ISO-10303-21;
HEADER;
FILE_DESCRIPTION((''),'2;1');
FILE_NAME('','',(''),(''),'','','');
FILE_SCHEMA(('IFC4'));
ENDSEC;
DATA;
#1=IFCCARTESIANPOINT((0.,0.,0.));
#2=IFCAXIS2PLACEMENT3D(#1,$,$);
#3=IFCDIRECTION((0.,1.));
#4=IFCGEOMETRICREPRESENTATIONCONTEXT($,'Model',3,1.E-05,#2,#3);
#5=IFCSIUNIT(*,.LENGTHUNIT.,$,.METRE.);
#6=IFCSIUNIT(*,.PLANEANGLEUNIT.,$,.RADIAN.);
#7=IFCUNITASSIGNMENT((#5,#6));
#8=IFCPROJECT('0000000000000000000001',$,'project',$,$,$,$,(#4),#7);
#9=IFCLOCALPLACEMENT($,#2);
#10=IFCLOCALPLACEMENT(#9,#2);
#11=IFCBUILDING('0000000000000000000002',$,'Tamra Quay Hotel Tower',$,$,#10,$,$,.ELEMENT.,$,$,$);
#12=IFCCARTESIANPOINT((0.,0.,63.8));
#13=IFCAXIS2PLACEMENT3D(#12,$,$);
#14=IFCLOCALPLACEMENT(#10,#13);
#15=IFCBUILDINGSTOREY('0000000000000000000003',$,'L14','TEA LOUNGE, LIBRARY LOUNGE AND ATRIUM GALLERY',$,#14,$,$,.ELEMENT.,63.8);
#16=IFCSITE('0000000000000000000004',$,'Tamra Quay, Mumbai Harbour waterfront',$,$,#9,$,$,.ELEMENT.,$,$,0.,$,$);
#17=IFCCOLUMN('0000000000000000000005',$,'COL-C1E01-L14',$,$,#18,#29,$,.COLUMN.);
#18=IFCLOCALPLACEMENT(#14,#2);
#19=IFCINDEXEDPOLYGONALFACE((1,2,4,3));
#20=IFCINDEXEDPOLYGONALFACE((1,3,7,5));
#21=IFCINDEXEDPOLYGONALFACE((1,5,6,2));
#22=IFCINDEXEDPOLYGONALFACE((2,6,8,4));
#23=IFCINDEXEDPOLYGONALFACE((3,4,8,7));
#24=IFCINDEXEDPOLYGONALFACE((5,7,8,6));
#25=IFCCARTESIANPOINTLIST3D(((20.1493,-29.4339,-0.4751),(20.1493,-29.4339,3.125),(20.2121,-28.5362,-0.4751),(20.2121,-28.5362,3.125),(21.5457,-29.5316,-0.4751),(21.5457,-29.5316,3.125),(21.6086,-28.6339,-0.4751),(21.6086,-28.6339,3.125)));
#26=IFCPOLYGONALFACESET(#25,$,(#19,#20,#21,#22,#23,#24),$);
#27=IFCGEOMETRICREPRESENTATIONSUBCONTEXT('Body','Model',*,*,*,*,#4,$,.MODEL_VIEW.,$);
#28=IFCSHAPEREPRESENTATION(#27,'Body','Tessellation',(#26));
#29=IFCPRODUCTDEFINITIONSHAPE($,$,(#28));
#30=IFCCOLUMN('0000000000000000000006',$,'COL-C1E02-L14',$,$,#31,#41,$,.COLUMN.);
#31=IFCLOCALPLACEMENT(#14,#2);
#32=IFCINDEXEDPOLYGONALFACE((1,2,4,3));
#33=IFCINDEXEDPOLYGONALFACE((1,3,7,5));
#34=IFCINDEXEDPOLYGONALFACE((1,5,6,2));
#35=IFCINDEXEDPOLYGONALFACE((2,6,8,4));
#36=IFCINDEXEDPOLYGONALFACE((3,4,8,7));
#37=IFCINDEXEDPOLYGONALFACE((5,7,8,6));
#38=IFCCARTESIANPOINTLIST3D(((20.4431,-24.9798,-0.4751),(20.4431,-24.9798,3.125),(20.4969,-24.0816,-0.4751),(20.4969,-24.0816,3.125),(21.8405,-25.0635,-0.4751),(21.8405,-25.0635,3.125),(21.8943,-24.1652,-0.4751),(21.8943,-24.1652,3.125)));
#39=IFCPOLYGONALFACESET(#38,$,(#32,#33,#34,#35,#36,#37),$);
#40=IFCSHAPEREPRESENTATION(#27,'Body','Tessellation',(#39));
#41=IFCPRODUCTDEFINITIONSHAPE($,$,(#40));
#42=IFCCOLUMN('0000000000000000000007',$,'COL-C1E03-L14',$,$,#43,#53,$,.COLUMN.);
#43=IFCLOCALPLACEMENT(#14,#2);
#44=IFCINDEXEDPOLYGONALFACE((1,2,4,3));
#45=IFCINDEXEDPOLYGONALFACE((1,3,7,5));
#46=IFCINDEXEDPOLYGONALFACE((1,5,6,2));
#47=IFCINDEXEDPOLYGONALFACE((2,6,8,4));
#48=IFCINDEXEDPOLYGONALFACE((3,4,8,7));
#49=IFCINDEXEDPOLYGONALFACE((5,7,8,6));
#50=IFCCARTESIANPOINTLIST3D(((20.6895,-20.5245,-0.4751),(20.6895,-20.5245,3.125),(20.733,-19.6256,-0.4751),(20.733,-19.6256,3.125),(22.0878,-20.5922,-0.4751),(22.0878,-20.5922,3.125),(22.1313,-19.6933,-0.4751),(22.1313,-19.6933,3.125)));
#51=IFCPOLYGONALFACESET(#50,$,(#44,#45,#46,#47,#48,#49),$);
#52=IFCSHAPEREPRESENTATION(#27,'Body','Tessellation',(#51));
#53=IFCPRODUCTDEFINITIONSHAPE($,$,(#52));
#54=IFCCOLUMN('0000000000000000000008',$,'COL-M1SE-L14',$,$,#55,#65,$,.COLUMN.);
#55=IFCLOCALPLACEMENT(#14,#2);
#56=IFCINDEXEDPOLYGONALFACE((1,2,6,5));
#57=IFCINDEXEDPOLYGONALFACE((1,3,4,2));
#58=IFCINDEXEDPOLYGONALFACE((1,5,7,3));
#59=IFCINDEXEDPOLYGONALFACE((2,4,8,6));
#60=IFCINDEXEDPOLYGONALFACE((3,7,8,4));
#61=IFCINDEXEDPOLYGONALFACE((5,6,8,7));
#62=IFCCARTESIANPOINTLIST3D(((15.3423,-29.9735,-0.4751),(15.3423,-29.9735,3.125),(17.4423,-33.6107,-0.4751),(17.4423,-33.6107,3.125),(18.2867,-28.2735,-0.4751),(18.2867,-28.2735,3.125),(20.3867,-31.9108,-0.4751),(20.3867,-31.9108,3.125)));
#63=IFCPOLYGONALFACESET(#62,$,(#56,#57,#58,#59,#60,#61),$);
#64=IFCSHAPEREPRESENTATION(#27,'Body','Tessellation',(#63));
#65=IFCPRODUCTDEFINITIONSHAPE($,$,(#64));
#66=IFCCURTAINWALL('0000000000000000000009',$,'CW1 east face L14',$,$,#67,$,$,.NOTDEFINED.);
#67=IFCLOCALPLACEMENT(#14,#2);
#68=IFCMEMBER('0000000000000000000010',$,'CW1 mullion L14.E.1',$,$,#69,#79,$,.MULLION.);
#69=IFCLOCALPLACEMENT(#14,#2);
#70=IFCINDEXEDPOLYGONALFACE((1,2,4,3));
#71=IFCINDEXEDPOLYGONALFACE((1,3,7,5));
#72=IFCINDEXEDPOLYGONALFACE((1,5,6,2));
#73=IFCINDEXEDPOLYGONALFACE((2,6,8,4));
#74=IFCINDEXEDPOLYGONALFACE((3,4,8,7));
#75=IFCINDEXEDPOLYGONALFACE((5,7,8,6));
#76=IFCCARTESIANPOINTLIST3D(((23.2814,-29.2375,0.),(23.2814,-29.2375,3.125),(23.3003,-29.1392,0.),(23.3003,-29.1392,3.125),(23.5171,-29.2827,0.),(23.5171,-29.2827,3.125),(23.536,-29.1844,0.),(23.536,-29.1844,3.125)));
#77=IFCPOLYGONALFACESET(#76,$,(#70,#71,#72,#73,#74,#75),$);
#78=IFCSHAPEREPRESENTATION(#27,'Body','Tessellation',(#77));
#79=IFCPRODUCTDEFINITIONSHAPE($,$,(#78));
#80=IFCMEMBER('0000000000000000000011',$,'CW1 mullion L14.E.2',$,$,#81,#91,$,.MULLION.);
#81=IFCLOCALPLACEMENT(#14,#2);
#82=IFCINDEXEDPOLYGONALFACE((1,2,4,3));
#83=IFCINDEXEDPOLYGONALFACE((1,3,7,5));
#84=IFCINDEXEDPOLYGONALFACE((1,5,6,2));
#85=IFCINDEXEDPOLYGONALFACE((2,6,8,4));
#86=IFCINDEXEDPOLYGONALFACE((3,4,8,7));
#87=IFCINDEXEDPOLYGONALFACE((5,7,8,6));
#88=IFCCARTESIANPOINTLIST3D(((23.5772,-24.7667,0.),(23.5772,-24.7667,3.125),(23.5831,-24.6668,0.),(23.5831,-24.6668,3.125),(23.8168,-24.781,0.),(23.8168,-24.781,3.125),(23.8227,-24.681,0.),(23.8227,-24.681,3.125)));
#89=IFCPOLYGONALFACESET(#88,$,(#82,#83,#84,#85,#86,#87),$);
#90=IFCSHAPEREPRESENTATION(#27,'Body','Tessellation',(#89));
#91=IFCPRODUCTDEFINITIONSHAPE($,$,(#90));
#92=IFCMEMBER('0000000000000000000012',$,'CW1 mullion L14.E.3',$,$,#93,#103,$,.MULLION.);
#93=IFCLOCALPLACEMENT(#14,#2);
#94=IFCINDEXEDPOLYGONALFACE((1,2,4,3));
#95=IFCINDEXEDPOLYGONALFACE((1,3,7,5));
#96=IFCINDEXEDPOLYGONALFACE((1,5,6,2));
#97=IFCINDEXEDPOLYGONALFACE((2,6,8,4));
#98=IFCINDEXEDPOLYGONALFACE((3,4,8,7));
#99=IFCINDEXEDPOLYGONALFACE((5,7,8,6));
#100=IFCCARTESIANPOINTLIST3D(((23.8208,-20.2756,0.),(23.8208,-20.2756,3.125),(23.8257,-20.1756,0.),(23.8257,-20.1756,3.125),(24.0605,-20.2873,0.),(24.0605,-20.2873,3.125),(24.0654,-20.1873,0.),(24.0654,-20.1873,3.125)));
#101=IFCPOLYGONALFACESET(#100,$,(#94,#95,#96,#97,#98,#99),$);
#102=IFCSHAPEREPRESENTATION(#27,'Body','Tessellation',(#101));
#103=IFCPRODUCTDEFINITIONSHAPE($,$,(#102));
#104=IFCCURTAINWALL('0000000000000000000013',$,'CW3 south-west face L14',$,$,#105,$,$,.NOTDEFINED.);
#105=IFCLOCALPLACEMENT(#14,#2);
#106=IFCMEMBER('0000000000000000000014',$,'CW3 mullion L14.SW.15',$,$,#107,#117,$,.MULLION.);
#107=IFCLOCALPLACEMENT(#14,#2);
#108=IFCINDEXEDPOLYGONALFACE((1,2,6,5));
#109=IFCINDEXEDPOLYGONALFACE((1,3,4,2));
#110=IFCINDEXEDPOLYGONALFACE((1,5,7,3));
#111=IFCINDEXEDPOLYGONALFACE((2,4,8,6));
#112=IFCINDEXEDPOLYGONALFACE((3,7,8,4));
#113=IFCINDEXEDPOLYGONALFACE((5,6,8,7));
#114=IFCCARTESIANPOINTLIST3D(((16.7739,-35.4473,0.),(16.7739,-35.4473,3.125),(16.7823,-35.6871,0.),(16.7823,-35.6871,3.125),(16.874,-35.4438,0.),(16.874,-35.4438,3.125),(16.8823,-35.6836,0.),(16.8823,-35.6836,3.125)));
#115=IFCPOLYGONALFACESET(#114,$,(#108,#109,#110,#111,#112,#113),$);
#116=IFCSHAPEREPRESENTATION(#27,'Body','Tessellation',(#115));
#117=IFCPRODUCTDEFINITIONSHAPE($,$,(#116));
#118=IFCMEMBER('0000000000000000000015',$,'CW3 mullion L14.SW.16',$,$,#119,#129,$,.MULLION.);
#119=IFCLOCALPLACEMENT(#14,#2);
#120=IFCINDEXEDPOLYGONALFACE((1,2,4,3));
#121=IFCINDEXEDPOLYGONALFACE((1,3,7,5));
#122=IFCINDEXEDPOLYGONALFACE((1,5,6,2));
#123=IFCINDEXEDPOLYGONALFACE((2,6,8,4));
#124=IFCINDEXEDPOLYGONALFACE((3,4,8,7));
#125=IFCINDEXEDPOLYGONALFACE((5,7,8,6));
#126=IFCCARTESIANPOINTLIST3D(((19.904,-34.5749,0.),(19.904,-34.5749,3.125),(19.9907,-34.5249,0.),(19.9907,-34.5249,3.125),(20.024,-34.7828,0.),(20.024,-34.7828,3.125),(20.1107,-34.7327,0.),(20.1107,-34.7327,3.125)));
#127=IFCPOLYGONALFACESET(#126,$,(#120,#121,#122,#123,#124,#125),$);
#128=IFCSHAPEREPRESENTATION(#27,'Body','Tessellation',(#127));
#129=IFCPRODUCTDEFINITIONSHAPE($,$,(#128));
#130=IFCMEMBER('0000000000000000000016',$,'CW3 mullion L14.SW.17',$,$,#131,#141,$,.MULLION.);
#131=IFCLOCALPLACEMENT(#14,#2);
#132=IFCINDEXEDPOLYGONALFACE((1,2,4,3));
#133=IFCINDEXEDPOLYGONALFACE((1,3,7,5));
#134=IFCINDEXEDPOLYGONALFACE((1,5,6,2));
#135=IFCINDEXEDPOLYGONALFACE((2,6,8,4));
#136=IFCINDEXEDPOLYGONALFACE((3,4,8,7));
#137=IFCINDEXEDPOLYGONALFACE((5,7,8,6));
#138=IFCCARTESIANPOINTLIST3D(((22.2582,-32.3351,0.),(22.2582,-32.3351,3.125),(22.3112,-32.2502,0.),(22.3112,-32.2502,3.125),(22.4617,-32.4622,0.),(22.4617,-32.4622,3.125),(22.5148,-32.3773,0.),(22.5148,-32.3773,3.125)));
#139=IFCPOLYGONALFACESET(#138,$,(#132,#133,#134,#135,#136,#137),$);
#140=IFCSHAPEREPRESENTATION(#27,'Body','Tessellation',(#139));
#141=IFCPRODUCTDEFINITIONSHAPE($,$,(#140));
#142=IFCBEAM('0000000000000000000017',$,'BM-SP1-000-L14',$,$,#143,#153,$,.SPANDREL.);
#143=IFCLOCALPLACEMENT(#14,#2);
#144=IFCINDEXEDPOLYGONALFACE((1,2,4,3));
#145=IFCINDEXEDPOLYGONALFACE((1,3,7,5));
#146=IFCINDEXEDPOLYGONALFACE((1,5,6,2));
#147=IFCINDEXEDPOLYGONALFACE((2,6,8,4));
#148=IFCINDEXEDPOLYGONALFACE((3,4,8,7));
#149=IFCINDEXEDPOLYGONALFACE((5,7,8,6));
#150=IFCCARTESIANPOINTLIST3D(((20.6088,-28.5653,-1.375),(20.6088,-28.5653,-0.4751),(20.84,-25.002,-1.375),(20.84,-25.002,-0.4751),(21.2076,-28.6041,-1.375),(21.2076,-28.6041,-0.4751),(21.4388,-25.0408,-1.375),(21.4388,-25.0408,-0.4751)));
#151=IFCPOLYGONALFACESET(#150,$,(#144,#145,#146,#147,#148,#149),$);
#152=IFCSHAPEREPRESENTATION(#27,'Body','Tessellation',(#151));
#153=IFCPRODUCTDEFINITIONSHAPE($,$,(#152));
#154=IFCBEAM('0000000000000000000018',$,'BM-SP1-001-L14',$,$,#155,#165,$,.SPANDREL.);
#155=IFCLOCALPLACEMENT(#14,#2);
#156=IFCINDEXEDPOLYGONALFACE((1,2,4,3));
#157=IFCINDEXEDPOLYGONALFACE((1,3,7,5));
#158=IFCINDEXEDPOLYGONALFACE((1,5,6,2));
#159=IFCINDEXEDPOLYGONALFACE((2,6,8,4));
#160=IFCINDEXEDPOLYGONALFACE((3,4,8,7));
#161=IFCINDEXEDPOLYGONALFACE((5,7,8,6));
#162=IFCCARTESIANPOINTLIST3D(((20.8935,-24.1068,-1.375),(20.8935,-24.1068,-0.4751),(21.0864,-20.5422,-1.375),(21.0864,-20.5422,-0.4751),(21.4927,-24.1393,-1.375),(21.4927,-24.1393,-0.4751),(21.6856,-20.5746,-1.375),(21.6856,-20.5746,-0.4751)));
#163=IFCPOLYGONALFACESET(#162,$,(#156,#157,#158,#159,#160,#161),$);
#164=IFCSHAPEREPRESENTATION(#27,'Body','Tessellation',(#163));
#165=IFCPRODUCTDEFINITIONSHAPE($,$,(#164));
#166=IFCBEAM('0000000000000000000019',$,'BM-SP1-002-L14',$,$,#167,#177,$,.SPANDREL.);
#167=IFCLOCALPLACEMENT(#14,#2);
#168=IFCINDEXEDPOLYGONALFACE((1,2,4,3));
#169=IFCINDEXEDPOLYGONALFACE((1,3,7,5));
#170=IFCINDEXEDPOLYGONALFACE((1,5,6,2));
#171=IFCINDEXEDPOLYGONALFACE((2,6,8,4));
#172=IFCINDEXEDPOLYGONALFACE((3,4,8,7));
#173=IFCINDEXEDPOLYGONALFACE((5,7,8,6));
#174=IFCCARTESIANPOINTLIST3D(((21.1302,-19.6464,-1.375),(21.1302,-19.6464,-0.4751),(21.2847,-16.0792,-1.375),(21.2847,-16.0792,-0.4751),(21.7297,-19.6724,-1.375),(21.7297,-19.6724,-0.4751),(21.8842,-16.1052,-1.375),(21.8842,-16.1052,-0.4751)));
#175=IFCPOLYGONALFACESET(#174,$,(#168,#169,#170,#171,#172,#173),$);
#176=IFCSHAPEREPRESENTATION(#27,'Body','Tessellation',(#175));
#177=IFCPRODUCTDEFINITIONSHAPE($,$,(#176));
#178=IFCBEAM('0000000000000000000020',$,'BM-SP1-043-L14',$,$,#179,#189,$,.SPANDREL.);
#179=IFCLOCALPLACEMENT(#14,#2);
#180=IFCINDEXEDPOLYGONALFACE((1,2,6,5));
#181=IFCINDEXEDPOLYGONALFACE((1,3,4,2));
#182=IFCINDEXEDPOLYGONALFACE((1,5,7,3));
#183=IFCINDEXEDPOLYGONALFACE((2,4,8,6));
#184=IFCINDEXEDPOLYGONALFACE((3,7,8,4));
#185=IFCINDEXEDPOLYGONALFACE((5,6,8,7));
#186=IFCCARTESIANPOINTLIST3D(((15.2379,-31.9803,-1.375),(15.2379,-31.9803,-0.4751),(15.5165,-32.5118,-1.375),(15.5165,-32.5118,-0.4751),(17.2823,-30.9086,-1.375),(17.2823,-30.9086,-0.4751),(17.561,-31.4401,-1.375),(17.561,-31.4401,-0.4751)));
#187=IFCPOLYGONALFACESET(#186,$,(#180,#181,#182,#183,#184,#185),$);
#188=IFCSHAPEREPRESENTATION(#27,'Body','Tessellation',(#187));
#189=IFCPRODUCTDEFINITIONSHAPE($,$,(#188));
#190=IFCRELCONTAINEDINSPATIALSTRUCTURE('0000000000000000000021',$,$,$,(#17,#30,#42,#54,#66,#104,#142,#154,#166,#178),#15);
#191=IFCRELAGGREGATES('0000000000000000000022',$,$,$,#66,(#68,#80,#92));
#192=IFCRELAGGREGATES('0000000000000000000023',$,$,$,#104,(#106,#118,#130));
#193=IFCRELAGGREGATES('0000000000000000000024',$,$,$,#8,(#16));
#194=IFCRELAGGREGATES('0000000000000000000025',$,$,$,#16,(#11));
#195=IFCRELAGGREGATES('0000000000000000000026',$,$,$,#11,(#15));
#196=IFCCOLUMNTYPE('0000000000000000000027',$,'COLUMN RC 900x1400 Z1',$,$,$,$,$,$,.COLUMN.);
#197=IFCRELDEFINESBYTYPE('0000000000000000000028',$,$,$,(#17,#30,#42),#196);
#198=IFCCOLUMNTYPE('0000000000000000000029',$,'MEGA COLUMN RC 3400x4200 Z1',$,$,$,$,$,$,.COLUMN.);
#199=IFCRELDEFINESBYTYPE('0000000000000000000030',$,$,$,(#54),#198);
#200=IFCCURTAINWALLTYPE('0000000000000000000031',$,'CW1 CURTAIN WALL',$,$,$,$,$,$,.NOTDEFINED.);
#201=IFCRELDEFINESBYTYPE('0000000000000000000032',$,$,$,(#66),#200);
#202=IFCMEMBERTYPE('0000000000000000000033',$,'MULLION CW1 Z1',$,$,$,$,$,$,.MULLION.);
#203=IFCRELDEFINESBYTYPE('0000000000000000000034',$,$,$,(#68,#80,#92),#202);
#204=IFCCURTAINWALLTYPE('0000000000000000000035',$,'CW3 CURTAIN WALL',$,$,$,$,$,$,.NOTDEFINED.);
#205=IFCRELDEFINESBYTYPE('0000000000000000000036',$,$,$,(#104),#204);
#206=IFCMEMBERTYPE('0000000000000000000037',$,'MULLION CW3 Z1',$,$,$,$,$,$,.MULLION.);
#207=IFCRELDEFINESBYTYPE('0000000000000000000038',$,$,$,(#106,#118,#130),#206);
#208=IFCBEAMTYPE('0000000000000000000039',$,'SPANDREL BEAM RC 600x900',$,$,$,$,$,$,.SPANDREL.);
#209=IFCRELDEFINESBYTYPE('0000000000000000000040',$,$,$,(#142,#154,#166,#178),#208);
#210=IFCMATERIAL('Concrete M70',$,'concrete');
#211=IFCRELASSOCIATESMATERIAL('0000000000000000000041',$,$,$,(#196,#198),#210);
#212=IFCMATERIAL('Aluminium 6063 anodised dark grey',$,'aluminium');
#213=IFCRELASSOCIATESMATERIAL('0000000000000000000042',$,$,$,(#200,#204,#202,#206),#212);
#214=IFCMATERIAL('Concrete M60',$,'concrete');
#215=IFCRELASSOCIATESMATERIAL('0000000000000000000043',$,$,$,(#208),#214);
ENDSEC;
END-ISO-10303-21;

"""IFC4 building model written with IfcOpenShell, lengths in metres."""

from ifc_helpers import new_model, si_unit, direction, frame, origin, origin_2d, place, context, subcontext, project, spatial, rectangle, extrude, material, material_profile, profile_set, type_object, element, aggregate, save


model = new_model("IFC4")

# Units and contexts
model_context = context("Model", 3, precision=1e-05, world=origin(), true_north=direction((0.0, 1.0)))
body_context = subcontext(model_context, "Body", "Model", "MODEL_VIEW")
ifc_project = project(units=[si_unit("LENGTHUNIT", "METRE"), si_unit("PLANEANGLEUNIT", "RADIAN")], contexts=[model_context])

# Site, building, storey
site_placement = place(None, origin())
site = spatial("IfcSite", under=ifc_project, at=site_placement, Name="Tamra Quay, Mumbai Harbour waterfront", CompositionType="ELEMENT", RefElevation=0.0)
building_placement = place(site_placement, origin())
building = spatial("IfcBuilding", under=site, at=building_placement, Name="Tamra Quay Hotel Tower", CompositionType="ELEMENT")
storey_placement = place(building_placement, frame((0.0, 0.0, 63.8)))
storey = spatial("IfcBuildingStorey", under=building, at=storey_placement, Name="L14", Description="TEA LOUNGE, LIBRARY LOUNGE AND ATRIUM GALLERY", CompositionType="ELEMENT", Elevation=63.8)

# Columns
ifc_material_1 = material(Name="Concrete M70", Category="concrete")
ifc_material_profile_1 = material_profile(ifc_material_1, rectangle(XDim=1.3999, YDim=0.8999, at=origin_2d()), Name="COLUMN RC 900x1400 Z1")
ifc_profile_set_1 = profile_set([ifc_material_profile_1], Name="Concrete M70")
column_type_1 = type_object("IfcColumnType", Name="COLUMN RC 900x1400 Z1", PredefinedType="COLUMN", material=ifc_profile_set_1)
for number, where, z_axis, x_axis, name in (
    (1, (20.8789, -29.0339, -0.4751), (0.0, 0.0, 1.0), (-0.997562, 0.06979, 0.0), "COL-C1E01-L14"),
    (2, (21.1687, -24.5725, -0.4751), (0.0, 0.0, 1.0), (-0.998214, 0.059733, 0.0), "COL-C1E02-L14"),
    (3, (21.4104, -20.1089, -0.4751), (0.0, 0.0, 1.0), (-0.998831, 0.048344, 0.0), "COL-C1E03-L14"),
):
    element("IfcColumn", number, at=place(storey_placement, frame(where, z_axis=z_axis, x_axis=x_axis)), inside=storey, type_object=column_type_1, Name=name, PredefinedType="COLUMN", context=body_context, shape_type="SweptSolid", body=[
        extrude(rectangle(XDim=1.3999, YDim=0.8999, at=origin_2d()), origin(), (0.0, 0.0, 1.0), 3.6001),
    ])
ifc_material_profile_2 = material_profile(ifc_material_1, rectangle(XDim=4.2, YDim=3.3999, at=origin_2d()), Name="MEGA COLUMN RC 3400x4200 Z1")
ifc_profile_set_2 = profile_set([ifc_material_profile_2], Name="Concrete M70")
column_type_2 = type_object("IfcColumnType", Name="MEGA COLUMN RC 3400x4200 Z1", PredefinedType="COLUMN", material=ifc_profile_set_2)
column_placement = place(storey_placement, frame((17.8645, -30.9421, -0.4751), z_axis=(0.0, 0.0, 1.0), x_axis=(-0.5, 0.866025, 0.0)))
element("IfcColumn", 4, at=column_placement, inside=storey, type_object=column_type_2, Name="COL-M1SE-L14", PredefinedType="COLUMN", context=body_context, shape_type="SweptSolid", body=[
    extrude(rectangle(XDim=4.2, YDim=3.3999, at=origin_2d()), origin(), (0.0, 0.0, 1.0), 3.6001),
])

# Curtain walls, members
ifc_material_2 = material(Name="Aluminium 6063 anodised dark grey", Category="aluminium")
curtain_wall_type_1 = type_object("IfcCurtainWallType", Name="CW1 CURTAIN WALL", PredefinedType="NOTDEFINED", material=ifc_material_2)
curtain_wall_1_placement = place(storey_placement, origin())
curtain_wall_1 = element("IfcCurtainWall", 5, at=curtain_wall_1_placement, inside=storey, type_object=curtain_wall_type_1, Name="CW1 east face L14", PredefinedType="NOTDEFINED")
ifc_material_profile_3 = material_profile(ifc_material_2, rectangle(XDim=0.24, YDim=0.1001, at=origin_2d()), Name="MULLION 100X240")
ifc_profile_set_3 = profile_set([ifc_material_profile_3], Name="Aluminium 6063 anodised dark grey")
member_type_1 = type_object("IfcMemberType", Name="MULLION CW1 Z1", PredefinedType="MULLION", material=ifc_profile_set_3)
member_1_placement = place(storey_placement, frame((23.4087, -29.2109, 0.0), z_axis=(0.0, 0.0, 1.0), x_axis=(0.982095, -0.188389, 0.0)))
member_1 = element("IfcMember", 6, at=member_1_placement, type_object=member_type_1, Name="CW1 mullion L14.E.1", PredefinedType="MULLION", context=body_context, shape_type="SweptSolid", body=[
    extrude(rectangle(XDim=0.24, YDim=0.1001, at=origin_2d()), origin(), (0.0, 0.0, 1.0), 3.125),
])
member_2_placement = place(storey_placement, frame((23.7, -24.7239, 0.0), z_axis=(0.0, 0.0, 1.0), x_axis=(0.998232, -0.059438, 0.0)))
member_2 = element("IfcMember", 7, at=member_2_placement, type_object=member_type_1, Name="CW1 mullion L14.E.2", PredefinedType="MULLION", context=body_context, shape_type="SweptSolid", body=[
    extrude(rectangle(XDim=0.24, YDim=0.1001, at=origin_2d()), origin(), (0.0, 0.0, 1.0), 3.125),
])
member_3_placement = place(storey_placement, frame((23.9431, -20.2314, 0.0), z_axis=(0.0, 0.0, 1.0), x_axis=(0.998815, -0.048674, 0.0)))
member_3 = element("IfcMember", 8, at=member_3_placement, type_object=member_type_1, Name="CW1 mullion L14.E.3", PredefinedType="MULLION", context=body_context, shape_type="SweptSolid", body=[
    extrude(rectangle(XDim=0.24, YDim=0.1001, at=origin_2d()), origin(), (0.0, 0.0, 1.0), 3.125),
])
curtain_wall_type_2 = type_object("IfcCurtainWallType", Name="CW3 CURTAIN WALL", PredefinedType="NOTDEFINED", material=ifc_material_2)
curtain_wall_2_placement = place(storey_placement, origin())
curtain_wall_2 = element("IfcCurtainWall", 9, at=curtain_wall_2_placement, inside=storey, type_object=curtain_wall_type_2, Name="CW3 south-west face L14", PredefinedType="NOTDEFINED")
ifc_material_profile_4 = material_profile(ifc_material_2, rectangle(XDim=0.24, YDim=0.1001, at=origin_2d()), Name="MULLION 100X240")
ifc_profile_set_4 = profile_set([ifc_material_profile_4], Name="Aluminium 6063 anodised dark grey")
member_type_2 = type_object("IfcMemberType", Name="MULLION CW3 Z1", PredefinedType="MULLION", material=ifc_profile_set_4)
member_4_placement = place(storey_placement, frame((16.8281, -35.5654, 0.0), z_axis=(0.0, 0.0, 1.0), x_axis=(0.034916, -0.99939, 0.0)))
member_4 = element("IfcMember", 10, at=member_4_placement, type_object=member_type_2, Name="CW3 mullion L14.SW.15", PredefinedType="MULLION", context=body_context, shape_type="SweptSolid", body=[
    extrude(rectangle(XDim=0.24, YDim=0.1001, at=origin_2d()), origin(), (0.0, 0.0, 1.0), 3.125),
])
member_5_placement = place(storey_placement, frame((20.0073, -34.6538, 0.0), z_axis=(0.0, 0.0, 1.0), x_axis=(0.5, -0.866025, 0.0)))
member_5 = element("IfcMember", 11, at=member_5_placement, type_object=member_type_2, Name="CW3 mullion L14.SW.16", PredefinedType="MULLION", context=body_context, shape_type="SweptSolid", body=[
    extrude(rectangle(XDim=0.24, YDim=0.1001, at=origin_2d()), origin(), (0.0, 0.0, 1.0), 3.125),
])
member_6_placement = place(storey_placement, frame((22.3865, -32.3562, 0.0), z_axis=(0.0, 0.0, 1.0), x_axis=(0.848039, -0.529933, 0.0)))
member_6 = element("IfcMember", 12, at=member_6_placement, type_object=member_type_2, Name="CW3 mullion L14.SW.17", PredefinedType="MULLION", context=body_context, shape_type="SweptSolid", body=[
    extrude(rectangle(XDim=0.24, YDim=0.1001, at=origin_2d()), origin(), (0.0, 0.0, 1.0), 3.125),
])

# Beams
ifc_material_3 = material(Name="Concrete M60", Category="concrete")
ifc_material_profile_5 = material_profile(ifc_material_3, rectangle(XDim=0.6001, YDim=0.8999, at=origin_2d()), Name="SPANDREL BEAM RC 600x900")
ifc_profile_set_5 = profile_set([ifc_material_profile_5], Name="Concrete M60")
beam_type = type_object("IfcBeamType", Name="SPANDREL BEAM RC 600x900", PredefinedType="SPANDREL", material=ifc_profile_set_5)
beam_1_placement = place(storey_placement, frame((20.9082, -28.5847, -0.925), z_axis=(0.064749, 0.997902, 0.0), x_axis=(-0.997902, 0.064749, 0.0)))
element("IfcBeam", 13, at=beam_1_placement, inside=storey, type_object=beam_type, Name="BM-SP1-000-L14", PredefinedType="SPANDREL", context=body_context, shape_type="SweptSolid", body=[
    extrude(rectangle(XDim=0.6001, YDim=0.8999, at=origin_2d()), origin(), (0.0, 0.0, 1.0), 3.5708),
])
beam_2_placement = place(storey_placement, frame((21.1931, -24.123, -0.925), z_axis=(0.054027, 0.998539, 0.0), x_axis=(-0.998539, 0.054027, 0.0)))
element("IfcBeam", 14, at=beam_2_placement, inside=storey, type_object=beam_type, Name="BM-SP1-001-L14", PredefinedType="SPANDREL", context=body_context, shape_type="SweptSolid", body=[
    extrude(rectangle(XDim=0.6001, YDim=0.8999, at=origin_2d()), origin(), (0.0, 0.0, 1.0), 3.5698),
])
beam_3_placement = place(storey_placement, frame((21.4299, -19.6594, -0.925), z_axis=(0.043283, 0.999063, 0.0), x_axis=(-0.999063, 0.043283, 0.0)))
element("IfcBeam", 15, at=beam_3_placement, inside=storey, type_object=beam_type, Name="BM-SP1-002-L14", PredefinedType="SPANDREL", context=body_context, shape_type="SweptSolid", body=[
    extrude(rectangle(XDim=0.6001, YDim=0.8999, at=origin_2d()), origin(), (0.0, 0.0, 1.0), 3.5706),
])
beam_4_placement = place(storey_placement, frame((15.3772, -32.2461, -0.925), z_axis=(0.885674, 0.464307, 0.0), x_axis=(-0.464307, 0.885674, 0.0)))
element("IfcBeam", 16, at=beam_4_placement, inside=storey, type_object=beam_type, Name="BM-SP1-043-L14", PredefinedType="SPANDREL", context=body_context, shape_type="SweptSolid", body=[
    extrude(rectangle(XDim=0.6001, YDim=0.8999, at=origin_2d()), origin(), (0.0, 0.0, 1.0), 2.3083),
])

aggregate(curtain_wall_1, [member_1, member_2, member_3])
aggregate(curtain_wall_2, [member_4, member_5, member_6])

save(model, "model.ifc")
